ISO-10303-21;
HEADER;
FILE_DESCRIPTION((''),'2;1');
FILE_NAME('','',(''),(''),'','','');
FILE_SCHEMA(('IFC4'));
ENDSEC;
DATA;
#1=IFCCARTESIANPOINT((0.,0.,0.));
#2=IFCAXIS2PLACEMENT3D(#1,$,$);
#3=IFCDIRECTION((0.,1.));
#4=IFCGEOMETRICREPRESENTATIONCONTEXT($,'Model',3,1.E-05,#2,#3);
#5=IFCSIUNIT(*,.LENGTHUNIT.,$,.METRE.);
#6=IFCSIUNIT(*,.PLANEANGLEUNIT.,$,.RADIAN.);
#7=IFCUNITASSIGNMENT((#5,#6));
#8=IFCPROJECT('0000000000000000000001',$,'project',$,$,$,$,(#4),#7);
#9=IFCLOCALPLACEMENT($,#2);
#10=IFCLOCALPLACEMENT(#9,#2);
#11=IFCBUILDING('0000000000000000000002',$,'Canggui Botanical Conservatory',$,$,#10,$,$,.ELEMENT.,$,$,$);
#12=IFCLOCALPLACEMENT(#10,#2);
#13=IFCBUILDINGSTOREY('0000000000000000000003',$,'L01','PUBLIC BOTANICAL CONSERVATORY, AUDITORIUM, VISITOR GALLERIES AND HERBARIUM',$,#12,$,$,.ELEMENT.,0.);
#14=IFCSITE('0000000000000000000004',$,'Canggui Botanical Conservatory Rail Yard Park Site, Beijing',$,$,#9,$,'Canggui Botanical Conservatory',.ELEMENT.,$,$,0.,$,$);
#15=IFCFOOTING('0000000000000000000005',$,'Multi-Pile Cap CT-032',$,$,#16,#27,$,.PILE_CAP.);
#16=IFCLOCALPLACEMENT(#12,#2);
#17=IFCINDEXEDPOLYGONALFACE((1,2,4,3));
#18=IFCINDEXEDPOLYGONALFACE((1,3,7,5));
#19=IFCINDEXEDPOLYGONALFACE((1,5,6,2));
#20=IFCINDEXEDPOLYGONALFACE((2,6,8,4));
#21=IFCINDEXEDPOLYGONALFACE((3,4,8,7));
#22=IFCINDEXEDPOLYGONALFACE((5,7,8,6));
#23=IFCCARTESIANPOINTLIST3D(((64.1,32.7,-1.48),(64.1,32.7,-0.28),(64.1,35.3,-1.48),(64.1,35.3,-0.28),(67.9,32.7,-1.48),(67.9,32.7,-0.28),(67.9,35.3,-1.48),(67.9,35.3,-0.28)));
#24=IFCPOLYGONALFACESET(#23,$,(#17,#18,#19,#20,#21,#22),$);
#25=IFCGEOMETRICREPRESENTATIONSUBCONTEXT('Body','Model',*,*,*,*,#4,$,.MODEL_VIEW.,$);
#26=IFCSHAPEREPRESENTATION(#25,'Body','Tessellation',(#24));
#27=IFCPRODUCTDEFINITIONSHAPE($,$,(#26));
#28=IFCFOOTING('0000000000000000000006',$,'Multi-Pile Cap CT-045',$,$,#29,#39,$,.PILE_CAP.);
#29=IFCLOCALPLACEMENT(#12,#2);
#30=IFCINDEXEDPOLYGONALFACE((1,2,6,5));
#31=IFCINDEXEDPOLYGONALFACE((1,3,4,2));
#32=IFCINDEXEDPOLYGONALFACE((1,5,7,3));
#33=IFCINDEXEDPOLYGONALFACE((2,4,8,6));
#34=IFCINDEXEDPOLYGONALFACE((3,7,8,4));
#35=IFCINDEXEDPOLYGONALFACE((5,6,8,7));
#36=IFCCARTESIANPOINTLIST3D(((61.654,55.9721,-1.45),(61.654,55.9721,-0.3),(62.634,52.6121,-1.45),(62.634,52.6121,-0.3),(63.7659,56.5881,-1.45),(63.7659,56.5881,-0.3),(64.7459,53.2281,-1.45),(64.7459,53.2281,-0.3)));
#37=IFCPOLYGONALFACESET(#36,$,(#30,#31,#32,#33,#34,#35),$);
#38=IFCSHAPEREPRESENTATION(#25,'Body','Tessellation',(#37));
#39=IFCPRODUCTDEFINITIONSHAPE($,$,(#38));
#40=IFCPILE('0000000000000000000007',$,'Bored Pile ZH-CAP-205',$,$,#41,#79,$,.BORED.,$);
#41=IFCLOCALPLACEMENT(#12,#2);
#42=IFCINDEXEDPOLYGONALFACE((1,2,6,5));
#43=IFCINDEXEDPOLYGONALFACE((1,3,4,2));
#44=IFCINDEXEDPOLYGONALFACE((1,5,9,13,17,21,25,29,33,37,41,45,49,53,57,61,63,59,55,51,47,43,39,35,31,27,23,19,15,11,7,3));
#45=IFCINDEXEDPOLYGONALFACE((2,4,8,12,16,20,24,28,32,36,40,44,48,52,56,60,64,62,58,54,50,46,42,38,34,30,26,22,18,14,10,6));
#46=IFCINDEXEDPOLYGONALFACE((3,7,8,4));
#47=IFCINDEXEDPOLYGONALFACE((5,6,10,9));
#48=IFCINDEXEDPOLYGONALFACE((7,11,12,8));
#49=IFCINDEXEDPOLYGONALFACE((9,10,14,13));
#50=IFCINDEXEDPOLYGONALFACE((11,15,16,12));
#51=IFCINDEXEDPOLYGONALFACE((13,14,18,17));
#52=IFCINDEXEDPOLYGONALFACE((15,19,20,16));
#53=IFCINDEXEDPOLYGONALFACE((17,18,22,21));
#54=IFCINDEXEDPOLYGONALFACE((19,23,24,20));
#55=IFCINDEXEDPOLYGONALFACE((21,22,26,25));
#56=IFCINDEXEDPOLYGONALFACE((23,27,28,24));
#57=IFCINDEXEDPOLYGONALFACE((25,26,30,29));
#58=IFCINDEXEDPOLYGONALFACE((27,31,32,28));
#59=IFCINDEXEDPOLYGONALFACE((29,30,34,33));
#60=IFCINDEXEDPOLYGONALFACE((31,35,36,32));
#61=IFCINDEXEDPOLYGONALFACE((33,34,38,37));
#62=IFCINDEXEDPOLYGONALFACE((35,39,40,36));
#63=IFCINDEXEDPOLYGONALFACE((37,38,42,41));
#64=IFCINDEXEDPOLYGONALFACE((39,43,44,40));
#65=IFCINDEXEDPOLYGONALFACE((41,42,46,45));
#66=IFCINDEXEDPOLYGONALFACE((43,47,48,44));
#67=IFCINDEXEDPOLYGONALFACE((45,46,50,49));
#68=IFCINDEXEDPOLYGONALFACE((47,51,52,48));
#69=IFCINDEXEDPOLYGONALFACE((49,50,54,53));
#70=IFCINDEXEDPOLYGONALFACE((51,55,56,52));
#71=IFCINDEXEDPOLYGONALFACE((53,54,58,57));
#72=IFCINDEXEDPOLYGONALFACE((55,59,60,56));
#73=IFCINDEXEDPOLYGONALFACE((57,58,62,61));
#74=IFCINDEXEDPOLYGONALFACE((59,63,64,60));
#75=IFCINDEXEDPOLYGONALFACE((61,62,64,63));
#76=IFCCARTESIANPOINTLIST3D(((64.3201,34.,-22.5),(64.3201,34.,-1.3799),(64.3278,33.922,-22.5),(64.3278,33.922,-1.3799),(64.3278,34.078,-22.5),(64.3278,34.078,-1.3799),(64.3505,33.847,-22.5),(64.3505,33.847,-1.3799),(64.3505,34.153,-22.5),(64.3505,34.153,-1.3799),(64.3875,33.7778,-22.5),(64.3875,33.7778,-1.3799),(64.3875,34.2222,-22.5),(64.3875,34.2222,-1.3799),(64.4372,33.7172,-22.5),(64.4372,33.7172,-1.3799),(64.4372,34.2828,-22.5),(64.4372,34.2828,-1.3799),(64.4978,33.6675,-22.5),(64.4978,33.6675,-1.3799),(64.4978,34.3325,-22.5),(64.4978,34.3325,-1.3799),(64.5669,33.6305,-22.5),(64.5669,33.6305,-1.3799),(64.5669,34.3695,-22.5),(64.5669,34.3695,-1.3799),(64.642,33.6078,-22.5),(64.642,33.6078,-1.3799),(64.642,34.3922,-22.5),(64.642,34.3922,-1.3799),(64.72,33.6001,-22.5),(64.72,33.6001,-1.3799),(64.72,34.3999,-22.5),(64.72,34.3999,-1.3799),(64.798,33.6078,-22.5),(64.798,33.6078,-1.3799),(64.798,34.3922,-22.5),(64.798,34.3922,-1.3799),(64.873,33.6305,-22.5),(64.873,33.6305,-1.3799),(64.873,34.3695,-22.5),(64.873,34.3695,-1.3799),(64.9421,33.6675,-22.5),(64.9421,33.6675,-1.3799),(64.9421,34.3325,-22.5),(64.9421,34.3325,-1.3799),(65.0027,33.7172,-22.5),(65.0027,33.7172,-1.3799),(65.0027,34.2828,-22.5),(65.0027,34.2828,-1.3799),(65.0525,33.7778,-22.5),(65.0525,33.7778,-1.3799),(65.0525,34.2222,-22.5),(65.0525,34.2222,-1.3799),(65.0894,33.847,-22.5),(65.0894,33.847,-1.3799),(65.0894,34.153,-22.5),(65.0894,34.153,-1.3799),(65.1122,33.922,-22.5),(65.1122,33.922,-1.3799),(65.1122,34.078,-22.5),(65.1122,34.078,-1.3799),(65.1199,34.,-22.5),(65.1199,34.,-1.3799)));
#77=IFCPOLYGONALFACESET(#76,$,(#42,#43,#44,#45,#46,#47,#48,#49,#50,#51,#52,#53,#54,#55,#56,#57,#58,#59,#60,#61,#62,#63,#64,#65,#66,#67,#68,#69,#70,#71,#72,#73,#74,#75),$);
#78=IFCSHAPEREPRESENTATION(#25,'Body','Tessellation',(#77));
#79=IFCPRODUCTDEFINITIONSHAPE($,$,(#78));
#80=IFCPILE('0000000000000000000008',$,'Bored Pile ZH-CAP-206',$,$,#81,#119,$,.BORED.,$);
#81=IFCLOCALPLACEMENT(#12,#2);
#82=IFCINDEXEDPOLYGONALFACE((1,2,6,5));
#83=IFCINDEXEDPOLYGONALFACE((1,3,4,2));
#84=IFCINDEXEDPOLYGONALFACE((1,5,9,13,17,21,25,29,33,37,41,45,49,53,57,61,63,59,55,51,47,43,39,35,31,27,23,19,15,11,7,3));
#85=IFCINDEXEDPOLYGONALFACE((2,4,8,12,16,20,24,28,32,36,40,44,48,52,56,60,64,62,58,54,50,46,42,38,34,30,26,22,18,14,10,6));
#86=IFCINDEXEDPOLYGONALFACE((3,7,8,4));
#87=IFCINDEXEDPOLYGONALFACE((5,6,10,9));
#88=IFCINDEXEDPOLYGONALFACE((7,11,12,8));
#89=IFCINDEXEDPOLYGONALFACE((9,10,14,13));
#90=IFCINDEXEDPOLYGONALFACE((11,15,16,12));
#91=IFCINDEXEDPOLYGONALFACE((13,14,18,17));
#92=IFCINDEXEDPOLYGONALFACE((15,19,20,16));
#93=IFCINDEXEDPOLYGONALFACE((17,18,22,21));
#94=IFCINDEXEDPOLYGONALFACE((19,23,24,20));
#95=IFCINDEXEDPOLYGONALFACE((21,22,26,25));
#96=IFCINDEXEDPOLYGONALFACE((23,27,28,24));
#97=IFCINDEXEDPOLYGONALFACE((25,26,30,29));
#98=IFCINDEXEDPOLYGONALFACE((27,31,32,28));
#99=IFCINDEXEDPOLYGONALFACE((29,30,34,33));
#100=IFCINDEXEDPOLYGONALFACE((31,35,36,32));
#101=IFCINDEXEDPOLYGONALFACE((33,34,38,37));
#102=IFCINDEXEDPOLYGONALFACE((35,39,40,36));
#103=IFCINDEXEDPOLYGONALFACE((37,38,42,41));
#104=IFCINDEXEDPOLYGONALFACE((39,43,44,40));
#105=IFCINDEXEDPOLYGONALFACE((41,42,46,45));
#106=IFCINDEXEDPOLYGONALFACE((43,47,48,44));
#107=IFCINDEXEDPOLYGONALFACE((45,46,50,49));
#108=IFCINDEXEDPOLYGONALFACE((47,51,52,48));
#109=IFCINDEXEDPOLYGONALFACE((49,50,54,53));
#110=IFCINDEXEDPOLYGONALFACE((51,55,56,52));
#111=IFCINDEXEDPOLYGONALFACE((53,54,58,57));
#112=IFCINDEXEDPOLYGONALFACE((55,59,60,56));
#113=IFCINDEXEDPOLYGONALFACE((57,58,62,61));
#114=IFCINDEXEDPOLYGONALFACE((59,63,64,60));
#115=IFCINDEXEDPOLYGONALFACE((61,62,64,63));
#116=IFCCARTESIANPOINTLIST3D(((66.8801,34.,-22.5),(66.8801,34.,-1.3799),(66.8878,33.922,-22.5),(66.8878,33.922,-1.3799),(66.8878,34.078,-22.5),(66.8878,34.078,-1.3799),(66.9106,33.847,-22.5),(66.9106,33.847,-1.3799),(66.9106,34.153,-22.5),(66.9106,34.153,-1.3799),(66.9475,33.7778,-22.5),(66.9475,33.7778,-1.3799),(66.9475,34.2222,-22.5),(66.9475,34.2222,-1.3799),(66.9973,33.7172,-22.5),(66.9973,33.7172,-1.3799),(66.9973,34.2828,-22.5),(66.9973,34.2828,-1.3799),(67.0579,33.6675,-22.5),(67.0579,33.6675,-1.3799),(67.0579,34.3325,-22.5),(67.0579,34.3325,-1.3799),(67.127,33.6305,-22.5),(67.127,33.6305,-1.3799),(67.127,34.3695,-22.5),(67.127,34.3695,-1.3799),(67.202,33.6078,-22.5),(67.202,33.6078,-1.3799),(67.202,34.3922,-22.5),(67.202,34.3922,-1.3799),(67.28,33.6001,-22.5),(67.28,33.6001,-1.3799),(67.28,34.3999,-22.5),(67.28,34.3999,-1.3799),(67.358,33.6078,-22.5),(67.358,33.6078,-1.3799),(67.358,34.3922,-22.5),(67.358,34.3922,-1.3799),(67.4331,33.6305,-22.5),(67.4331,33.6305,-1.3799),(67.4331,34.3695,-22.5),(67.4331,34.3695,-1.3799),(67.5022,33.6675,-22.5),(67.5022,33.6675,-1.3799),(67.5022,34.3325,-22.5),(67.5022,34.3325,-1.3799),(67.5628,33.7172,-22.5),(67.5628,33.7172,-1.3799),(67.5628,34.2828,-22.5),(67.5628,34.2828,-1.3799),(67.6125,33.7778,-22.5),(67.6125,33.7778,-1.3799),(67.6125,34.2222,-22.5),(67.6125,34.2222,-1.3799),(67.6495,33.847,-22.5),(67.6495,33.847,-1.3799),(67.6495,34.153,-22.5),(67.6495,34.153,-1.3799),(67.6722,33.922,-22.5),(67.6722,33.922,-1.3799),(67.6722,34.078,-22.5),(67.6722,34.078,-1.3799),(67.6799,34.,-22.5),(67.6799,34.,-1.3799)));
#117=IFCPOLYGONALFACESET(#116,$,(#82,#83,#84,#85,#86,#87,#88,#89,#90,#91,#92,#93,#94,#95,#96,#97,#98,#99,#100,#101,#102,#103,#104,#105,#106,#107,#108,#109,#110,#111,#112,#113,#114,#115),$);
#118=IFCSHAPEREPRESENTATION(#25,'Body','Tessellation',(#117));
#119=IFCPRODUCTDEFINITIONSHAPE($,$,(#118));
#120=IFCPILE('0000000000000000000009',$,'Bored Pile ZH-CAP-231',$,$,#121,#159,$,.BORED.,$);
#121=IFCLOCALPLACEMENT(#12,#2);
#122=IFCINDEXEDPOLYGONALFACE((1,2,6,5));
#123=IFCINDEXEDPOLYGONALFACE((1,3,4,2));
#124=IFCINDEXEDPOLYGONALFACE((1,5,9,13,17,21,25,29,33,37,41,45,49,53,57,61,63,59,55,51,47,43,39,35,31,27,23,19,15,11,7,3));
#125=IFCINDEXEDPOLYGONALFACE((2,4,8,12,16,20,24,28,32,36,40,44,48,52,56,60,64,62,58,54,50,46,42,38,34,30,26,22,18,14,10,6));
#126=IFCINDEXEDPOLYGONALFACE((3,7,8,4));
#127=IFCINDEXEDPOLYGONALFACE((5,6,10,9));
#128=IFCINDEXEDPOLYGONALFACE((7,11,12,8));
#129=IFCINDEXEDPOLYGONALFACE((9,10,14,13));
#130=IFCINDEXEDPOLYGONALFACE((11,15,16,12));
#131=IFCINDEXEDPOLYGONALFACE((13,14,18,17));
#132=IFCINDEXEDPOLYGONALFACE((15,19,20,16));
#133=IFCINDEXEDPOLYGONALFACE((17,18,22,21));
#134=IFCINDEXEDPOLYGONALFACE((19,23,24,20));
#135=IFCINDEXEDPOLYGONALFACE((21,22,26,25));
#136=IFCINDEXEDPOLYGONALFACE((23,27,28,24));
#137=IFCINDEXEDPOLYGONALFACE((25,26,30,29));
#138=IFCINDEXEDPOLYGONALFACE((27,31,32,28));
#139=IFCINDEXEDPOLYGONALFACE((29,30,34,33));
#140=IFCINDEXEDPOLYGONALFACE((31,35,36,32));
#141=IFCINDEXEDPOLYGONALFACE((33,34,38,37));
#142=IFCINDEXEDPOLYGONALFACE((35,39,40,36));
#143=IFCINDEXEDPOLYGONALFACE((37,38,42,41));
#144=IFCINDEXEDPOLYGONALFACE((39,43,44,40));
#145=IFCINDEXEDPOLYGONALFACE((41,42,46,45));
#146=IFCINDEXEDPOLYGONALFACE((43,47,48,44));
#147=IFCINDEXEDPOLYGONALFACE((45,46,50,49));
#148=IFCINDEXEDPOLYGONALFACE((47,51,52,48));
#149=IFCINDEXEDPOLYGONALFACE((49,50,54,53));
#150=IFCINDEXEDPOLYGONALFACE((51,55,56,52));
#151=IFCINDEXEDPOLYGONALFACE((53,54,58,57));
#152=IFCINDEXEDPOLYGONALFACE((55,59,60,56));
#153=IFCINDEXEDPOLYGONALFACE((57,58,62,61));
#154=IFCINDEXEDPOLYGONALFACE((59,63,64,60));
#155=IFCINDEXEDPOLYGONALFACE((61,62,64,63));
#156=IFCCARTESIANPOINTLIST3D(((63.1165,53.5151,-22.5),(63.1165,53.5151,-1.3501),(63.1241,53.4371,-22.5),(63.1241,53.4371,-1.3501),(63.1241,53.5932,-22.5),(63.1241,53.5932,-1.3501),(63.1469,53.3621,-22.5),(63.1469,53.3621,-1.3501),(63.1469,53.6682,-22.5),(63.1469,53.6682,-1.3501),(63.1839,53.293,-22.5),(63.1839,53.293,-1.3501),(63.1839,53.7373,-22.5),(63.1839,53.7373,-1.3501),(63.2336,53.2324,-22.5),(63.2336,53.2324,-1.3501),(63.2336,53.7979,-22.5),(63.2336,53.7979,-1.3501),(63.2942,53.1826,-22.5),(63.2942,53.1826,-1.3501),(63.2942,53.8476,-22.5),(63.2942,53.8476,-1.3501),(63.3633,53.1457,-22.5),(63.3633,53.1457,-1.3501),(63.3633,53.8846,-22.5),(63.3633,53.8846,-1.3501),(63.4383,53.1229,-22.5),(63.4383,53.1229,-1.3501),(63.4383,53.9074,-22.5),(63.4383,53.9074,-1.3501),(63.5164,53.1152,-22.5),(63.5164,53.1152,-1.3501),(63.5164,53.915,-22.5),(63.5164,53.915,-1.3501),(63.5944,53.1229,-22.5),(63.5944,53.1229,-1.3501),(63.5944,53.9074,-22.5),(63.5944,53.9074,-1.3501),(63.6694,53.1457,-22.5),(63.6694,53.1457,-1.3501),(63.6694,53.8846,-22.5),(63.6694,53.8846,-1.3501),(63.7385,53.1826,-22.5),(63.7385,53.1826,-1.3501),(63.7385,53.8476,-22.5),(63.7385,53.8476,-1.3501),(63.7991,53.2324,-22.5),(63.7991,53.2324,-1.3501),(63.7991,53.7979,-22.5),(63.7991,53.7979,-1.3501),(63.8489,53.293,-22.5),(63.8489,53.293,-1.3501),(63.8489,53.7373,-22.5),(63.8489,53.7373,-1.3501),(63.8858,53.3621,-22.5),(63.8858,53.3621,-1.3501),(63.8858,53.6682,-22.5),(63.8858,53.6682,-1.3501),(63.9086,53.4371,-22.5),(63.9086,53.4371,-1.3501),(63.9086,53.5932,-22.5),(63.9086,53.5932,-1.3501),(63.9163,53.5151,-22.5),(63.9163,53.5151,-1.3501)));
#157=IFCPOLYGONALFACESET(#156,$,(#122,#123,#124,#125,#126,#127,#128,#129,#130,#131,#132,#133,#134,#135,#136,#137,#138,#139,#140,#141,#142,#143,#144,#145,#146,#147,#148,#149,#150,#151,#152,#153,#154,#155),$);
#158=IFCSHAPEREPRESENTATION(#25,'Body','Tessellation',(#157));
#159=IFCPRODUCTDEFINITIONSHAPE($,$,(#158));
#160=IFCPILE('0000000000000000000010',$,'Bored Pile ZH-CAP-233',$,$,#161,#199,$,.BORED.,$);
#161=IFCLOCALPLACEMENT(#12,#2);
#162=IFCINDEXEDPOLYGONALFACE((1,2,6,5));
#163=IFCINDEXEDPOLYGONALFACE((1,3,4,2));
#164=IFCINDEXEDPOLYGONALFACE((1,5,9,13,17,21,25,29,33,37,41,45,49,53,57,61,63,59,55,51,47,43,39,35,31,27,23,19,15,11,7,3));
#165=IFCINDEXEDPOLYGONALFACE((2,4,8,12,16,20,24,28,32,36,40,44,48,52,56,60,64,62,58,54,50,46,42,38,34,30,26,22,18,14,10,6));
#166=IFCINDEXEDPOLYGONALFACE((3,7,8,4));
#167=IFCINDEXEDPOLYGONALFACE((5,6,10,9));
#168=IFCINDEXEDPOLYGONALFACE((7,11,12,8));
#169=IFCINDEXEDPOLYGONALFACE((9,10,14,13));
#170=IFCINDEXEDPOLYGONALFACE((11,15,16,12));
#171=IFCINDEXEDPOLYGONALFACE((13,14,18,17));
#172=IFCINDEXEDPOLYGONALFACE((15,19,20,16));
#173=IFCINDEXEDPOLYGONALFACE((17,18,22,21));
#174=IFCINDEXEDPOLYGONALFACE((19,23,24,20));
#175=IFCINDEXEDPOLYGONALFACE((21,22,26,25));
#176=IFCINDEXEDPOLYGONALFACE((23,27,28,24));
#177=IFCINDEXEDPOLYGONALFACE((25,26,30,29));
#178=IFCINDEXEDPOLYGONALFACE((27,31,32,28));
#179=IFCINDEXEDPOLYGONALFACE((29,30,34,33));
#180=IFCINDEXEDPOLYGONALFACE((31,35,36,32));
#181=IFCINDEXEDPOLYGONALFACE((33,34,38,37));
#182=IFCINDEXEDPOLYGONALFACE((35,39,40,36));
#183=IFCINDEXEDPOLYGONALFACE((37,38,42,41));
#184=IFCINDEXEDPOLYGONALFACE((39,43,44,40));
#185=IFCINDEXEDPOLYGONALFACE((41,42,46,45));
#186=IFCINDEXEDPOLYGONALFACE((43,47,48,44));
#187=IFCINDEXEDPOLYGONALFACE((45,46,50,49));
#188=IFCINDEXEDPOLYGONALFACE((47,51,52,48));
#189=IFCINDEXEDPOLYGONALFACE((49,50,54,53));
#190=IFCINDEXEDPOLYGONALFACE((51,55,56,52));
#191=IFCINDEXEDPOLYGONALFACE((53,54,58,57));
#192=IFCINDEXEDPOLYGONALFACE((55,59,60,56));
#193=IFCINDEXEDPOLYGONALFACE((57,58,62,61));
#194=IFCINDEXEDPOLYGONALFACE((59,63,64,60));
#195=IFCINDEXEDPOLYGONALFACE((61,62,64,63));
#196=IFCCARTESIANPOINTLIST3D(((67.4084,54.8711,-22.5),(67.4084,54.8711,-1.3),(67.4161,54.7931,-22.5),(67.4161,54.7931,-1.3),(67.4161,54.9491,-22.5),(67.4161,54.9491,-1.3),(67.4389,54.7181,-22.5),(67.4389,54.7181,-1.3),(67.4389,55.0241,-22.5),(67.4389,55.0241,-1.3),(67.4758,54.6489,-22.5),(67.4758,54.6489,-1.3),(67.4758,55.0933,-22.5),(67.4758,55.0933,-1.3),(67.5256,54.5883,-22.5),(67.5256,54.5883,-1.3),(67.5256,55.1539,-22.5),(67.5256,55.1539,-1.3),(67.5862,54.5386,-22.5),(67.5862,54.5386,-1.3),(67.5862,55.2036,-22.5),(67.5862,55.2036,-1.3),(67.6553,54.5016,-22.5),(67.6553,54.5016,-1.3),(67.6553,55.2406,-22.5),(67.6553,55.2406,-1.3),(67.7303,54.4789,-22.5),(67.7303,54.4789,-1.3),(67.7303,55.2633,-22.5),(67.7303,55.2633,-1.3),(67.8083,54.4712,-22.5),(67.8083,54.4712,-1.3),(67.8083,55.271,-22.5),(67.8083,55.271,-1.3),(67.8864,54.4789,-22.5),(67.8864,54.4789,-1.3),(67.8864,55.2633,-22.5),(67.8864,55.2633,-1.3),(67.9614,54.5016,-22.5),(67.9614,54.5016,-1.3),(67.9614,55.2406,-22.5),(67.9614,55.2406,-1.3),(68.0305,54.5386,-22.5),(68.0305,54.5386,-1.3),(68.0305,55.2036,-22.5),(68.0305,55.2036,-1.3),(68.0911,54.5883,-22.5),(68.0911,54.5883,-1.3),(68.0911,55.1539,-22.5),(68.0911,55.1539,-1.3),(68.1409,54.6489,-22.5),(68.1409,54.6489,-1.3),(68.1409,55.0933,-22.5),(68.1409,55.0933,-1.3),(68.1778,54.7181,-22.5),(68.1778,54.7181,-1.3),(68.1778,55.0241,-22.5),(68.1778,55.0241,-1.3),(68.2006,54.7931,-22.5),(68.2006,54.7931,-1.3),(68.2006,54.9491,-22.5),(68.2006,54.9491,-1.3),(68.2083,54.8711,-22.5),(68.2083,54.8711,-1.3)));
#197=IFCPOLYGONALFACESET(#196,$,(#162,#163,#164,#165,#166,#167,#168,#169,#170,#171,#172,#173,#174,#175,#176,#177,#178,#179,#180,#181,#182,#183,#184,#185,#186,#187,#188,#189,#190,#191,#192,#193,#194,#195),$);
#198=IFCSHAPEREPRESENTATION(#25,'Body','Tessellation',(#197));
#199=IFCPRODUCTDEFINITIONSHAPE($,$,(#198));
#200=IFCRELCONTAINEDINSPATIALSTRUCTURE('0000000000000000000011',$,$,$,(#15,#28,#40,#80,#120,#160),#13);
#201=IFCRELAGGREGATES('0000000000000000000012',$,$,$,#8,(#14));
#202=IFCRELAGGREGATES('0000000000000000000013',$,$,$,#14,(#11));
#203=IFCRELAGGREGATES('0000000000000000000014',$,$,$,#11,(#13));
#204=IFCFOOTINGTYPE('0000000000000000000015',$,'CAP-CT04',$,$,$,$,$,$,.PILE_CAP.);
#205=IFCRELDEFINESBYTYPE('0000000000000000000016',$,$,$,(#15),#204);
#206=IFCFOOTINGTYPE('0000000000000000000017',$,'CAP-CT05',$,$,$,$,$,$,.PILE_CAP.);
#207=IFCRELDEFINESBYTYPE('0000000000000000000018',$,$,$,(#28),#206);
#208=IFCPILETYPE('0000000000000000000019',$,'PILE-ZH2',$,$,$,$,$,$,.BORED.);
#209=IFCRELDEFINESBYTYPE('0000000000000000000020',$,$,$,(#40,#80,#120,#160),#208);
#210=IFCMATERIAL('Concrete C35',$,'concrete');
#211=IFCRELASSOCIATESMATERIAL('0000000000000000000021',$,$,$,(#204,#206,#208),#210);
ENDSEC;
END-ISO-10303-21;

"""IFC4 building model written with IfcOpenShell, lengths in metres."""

from ifc_helpers import new_model, si_unit, direction, frame, origin, origin_2d, place, context, subcontext, project, spatial, rectangle, circle, extrude, material, material_profile, profile_set, type_object, element, save


model = new_model("IFC4")

# Units and contexts
model_context = context("Model", 3, precision=1e-05, world=origin(), true_north=direction((0.0, 1.0)))
body_context = subcontext(model_context, "Body", "Model", "MODEL_VIEW")
ifc_project = project(units=[si_unit("LENGTHUNIT", "METRE"), si_unit("PLANEANGLEUNIT", "RADIAN")], contexts=[model_context])

# Site, building, storey
site_placement = place(None, origin())
site = spatial("IfcSite", under=ifc_project, at=site_placement, Name="Canggui Botanical Conservatory Rail Yard Park Site, Beijing", LongName="Canggui Botanical Conservatory", CompositionType="ELEMENT", RefElevation=0.0)
building_placement = place(site_placement, origin())
building = spatial("IfcBuilding", under=site, at=building_placement, Name="Canggui Botanical Conservatory", CompositionType="ELEMENT")
storey_placement = place(building_placement, origin())
storey = spatial("IfcBuildingStorey", under=building, at=storey_placement, Name="L01", Description="PUBLIC BOTANICAL CONSERVATORY, AUDITORIUM, VISITOR GALLERIES AND HERBARIUM", CompositionType="ELEMENT", Elevation=0.0)

# Footings
ifc_material_1 = material(Name="Concrete C35", Category="concrete")
footing_type_1 = type_object("IfcFootingType", Name="CAP-CT04", PredefinedType="PILE_CAP", material=ifc_material_1)
footing_1_placement = place(storey_placement, frame((66.0, 34.0, -1.48), z_axis=(0.0, 0.0, 1.0), x_axis=(1.0, 0.0, 0.0)))
element("IfcFooting", 1, at=footing_1_placement, inside=storey, type_object=footing_type_1, Name="Multi-Pile Cap CT-032", PredefinedType="PILE_CAP", context=body_context, shape_type="SweptSolid", body=[
    extrude(rectangle(XDim=3.8, YDim=2.6001, at=origin_2d()), origin(), (0.0, 0.0, 1.0), 1.2),
])
footing_type_2 = type_object("IfcFootingType", Name="CAP-CT05", PredefinedType="PILE_CAP", material=ifc_material_1)
footing_2_placement = place(storey_placement, frame((63.2, 54.6001, -1.45), z_axis=(0.0, 0.0, 1.0), x_axis=(-0.28, 0.96, 0.0)))
element("IfcFooting", 2, at=footing_2_placement, inside=storey, type_object=footing_type_2, Name="Multi-Pile Cap CT-045", PredefinedType="PILE_CAP", context=body_context, shape_type="SweptSolid", body=[
    extrude(rectangle(XDim=3.5, YDim=2.2, at=origin_2d()), origin(), (0.0, 0.0, 1.0), 1.1499),
])

# Piles
ifc_material_profile_1 = material_profile(ifc_material_1, circle(Radius=0.3999, at=origin_2d()), Name="PILE D800")
ifc_profile_set_1 = profile_set([ifc_material_profile_1], Name="Concrete C35")
pile_type = type_object("IfcPileType", Name="PILE-ZH2", PredefinedType="BORED", material=ifc_profile_set_1)
for number, where, z_axis, x_axis, name in (
    (3, (64.72, 34.0, -1.3799), (0.0, 0.0, -1.0), (1.0, 0.0, 0.0), "Bored Pile ZH-CAP-205"),
    (4, (67.28, 34.0, -1.3799), (0.0, 0.0, -1.0), (1.0, 0.0, 0.0), "Bored Pile ZH-CAP-206"),
):
    element("IfcPile", number, at=place(storey_placement, frame(where, z_axis=z_axis, x_axis=x_axis)), inside=storey, type_object=pile_type, Name=name, PredefinedType="BORED", context=body_context, shape_type="SweptSolid", body=[
        extrude(circle(Radius=0.3999, at=origin_2d()), origin(), (0.0, 0.0, 1.0), 21.1201),
    ])
pile_1_placement = place(storey_placement, frame((63.5164, 53.5151, -1.3501), z_axis=(0.0, 0.0, -1.0), x_axis=(1.0, 0.0, 0.0)))
element("IfcPile", 5, at=pile_1_placement, inside=storey, type_object=pile_type, Name="Bored Pile ZH-CAP-231", PredefinedType="BORED", context=body_context, shape_type="SweptSolid", body=[
    extrude(circle(Radius=0.3999, at=origin_2d()), origin(), (0.0, 0.0, 1.0), 21.1499),
])
pile_2_placement = place(storey_placement, frame((67.8083, 54.8711, -1.3), z_axis=(0.0, 0.0, -1.0), x_axis=(1.0, 0.0, 0.0)))
element("IfcPile", 6, at=pile_2_placement, inside=storey, type_object=pile_type, Name="Bored Pile ZH-CAP-233", PredefinedType="BORED", context=body_context, shape_type="SweptSolid", body=[
    extrude(circle(Radius=0.3999, at=origin_2d()), origin(), (0.0, 0.0, 1.0), 21.2),
])

save(model, "model.ifc")
